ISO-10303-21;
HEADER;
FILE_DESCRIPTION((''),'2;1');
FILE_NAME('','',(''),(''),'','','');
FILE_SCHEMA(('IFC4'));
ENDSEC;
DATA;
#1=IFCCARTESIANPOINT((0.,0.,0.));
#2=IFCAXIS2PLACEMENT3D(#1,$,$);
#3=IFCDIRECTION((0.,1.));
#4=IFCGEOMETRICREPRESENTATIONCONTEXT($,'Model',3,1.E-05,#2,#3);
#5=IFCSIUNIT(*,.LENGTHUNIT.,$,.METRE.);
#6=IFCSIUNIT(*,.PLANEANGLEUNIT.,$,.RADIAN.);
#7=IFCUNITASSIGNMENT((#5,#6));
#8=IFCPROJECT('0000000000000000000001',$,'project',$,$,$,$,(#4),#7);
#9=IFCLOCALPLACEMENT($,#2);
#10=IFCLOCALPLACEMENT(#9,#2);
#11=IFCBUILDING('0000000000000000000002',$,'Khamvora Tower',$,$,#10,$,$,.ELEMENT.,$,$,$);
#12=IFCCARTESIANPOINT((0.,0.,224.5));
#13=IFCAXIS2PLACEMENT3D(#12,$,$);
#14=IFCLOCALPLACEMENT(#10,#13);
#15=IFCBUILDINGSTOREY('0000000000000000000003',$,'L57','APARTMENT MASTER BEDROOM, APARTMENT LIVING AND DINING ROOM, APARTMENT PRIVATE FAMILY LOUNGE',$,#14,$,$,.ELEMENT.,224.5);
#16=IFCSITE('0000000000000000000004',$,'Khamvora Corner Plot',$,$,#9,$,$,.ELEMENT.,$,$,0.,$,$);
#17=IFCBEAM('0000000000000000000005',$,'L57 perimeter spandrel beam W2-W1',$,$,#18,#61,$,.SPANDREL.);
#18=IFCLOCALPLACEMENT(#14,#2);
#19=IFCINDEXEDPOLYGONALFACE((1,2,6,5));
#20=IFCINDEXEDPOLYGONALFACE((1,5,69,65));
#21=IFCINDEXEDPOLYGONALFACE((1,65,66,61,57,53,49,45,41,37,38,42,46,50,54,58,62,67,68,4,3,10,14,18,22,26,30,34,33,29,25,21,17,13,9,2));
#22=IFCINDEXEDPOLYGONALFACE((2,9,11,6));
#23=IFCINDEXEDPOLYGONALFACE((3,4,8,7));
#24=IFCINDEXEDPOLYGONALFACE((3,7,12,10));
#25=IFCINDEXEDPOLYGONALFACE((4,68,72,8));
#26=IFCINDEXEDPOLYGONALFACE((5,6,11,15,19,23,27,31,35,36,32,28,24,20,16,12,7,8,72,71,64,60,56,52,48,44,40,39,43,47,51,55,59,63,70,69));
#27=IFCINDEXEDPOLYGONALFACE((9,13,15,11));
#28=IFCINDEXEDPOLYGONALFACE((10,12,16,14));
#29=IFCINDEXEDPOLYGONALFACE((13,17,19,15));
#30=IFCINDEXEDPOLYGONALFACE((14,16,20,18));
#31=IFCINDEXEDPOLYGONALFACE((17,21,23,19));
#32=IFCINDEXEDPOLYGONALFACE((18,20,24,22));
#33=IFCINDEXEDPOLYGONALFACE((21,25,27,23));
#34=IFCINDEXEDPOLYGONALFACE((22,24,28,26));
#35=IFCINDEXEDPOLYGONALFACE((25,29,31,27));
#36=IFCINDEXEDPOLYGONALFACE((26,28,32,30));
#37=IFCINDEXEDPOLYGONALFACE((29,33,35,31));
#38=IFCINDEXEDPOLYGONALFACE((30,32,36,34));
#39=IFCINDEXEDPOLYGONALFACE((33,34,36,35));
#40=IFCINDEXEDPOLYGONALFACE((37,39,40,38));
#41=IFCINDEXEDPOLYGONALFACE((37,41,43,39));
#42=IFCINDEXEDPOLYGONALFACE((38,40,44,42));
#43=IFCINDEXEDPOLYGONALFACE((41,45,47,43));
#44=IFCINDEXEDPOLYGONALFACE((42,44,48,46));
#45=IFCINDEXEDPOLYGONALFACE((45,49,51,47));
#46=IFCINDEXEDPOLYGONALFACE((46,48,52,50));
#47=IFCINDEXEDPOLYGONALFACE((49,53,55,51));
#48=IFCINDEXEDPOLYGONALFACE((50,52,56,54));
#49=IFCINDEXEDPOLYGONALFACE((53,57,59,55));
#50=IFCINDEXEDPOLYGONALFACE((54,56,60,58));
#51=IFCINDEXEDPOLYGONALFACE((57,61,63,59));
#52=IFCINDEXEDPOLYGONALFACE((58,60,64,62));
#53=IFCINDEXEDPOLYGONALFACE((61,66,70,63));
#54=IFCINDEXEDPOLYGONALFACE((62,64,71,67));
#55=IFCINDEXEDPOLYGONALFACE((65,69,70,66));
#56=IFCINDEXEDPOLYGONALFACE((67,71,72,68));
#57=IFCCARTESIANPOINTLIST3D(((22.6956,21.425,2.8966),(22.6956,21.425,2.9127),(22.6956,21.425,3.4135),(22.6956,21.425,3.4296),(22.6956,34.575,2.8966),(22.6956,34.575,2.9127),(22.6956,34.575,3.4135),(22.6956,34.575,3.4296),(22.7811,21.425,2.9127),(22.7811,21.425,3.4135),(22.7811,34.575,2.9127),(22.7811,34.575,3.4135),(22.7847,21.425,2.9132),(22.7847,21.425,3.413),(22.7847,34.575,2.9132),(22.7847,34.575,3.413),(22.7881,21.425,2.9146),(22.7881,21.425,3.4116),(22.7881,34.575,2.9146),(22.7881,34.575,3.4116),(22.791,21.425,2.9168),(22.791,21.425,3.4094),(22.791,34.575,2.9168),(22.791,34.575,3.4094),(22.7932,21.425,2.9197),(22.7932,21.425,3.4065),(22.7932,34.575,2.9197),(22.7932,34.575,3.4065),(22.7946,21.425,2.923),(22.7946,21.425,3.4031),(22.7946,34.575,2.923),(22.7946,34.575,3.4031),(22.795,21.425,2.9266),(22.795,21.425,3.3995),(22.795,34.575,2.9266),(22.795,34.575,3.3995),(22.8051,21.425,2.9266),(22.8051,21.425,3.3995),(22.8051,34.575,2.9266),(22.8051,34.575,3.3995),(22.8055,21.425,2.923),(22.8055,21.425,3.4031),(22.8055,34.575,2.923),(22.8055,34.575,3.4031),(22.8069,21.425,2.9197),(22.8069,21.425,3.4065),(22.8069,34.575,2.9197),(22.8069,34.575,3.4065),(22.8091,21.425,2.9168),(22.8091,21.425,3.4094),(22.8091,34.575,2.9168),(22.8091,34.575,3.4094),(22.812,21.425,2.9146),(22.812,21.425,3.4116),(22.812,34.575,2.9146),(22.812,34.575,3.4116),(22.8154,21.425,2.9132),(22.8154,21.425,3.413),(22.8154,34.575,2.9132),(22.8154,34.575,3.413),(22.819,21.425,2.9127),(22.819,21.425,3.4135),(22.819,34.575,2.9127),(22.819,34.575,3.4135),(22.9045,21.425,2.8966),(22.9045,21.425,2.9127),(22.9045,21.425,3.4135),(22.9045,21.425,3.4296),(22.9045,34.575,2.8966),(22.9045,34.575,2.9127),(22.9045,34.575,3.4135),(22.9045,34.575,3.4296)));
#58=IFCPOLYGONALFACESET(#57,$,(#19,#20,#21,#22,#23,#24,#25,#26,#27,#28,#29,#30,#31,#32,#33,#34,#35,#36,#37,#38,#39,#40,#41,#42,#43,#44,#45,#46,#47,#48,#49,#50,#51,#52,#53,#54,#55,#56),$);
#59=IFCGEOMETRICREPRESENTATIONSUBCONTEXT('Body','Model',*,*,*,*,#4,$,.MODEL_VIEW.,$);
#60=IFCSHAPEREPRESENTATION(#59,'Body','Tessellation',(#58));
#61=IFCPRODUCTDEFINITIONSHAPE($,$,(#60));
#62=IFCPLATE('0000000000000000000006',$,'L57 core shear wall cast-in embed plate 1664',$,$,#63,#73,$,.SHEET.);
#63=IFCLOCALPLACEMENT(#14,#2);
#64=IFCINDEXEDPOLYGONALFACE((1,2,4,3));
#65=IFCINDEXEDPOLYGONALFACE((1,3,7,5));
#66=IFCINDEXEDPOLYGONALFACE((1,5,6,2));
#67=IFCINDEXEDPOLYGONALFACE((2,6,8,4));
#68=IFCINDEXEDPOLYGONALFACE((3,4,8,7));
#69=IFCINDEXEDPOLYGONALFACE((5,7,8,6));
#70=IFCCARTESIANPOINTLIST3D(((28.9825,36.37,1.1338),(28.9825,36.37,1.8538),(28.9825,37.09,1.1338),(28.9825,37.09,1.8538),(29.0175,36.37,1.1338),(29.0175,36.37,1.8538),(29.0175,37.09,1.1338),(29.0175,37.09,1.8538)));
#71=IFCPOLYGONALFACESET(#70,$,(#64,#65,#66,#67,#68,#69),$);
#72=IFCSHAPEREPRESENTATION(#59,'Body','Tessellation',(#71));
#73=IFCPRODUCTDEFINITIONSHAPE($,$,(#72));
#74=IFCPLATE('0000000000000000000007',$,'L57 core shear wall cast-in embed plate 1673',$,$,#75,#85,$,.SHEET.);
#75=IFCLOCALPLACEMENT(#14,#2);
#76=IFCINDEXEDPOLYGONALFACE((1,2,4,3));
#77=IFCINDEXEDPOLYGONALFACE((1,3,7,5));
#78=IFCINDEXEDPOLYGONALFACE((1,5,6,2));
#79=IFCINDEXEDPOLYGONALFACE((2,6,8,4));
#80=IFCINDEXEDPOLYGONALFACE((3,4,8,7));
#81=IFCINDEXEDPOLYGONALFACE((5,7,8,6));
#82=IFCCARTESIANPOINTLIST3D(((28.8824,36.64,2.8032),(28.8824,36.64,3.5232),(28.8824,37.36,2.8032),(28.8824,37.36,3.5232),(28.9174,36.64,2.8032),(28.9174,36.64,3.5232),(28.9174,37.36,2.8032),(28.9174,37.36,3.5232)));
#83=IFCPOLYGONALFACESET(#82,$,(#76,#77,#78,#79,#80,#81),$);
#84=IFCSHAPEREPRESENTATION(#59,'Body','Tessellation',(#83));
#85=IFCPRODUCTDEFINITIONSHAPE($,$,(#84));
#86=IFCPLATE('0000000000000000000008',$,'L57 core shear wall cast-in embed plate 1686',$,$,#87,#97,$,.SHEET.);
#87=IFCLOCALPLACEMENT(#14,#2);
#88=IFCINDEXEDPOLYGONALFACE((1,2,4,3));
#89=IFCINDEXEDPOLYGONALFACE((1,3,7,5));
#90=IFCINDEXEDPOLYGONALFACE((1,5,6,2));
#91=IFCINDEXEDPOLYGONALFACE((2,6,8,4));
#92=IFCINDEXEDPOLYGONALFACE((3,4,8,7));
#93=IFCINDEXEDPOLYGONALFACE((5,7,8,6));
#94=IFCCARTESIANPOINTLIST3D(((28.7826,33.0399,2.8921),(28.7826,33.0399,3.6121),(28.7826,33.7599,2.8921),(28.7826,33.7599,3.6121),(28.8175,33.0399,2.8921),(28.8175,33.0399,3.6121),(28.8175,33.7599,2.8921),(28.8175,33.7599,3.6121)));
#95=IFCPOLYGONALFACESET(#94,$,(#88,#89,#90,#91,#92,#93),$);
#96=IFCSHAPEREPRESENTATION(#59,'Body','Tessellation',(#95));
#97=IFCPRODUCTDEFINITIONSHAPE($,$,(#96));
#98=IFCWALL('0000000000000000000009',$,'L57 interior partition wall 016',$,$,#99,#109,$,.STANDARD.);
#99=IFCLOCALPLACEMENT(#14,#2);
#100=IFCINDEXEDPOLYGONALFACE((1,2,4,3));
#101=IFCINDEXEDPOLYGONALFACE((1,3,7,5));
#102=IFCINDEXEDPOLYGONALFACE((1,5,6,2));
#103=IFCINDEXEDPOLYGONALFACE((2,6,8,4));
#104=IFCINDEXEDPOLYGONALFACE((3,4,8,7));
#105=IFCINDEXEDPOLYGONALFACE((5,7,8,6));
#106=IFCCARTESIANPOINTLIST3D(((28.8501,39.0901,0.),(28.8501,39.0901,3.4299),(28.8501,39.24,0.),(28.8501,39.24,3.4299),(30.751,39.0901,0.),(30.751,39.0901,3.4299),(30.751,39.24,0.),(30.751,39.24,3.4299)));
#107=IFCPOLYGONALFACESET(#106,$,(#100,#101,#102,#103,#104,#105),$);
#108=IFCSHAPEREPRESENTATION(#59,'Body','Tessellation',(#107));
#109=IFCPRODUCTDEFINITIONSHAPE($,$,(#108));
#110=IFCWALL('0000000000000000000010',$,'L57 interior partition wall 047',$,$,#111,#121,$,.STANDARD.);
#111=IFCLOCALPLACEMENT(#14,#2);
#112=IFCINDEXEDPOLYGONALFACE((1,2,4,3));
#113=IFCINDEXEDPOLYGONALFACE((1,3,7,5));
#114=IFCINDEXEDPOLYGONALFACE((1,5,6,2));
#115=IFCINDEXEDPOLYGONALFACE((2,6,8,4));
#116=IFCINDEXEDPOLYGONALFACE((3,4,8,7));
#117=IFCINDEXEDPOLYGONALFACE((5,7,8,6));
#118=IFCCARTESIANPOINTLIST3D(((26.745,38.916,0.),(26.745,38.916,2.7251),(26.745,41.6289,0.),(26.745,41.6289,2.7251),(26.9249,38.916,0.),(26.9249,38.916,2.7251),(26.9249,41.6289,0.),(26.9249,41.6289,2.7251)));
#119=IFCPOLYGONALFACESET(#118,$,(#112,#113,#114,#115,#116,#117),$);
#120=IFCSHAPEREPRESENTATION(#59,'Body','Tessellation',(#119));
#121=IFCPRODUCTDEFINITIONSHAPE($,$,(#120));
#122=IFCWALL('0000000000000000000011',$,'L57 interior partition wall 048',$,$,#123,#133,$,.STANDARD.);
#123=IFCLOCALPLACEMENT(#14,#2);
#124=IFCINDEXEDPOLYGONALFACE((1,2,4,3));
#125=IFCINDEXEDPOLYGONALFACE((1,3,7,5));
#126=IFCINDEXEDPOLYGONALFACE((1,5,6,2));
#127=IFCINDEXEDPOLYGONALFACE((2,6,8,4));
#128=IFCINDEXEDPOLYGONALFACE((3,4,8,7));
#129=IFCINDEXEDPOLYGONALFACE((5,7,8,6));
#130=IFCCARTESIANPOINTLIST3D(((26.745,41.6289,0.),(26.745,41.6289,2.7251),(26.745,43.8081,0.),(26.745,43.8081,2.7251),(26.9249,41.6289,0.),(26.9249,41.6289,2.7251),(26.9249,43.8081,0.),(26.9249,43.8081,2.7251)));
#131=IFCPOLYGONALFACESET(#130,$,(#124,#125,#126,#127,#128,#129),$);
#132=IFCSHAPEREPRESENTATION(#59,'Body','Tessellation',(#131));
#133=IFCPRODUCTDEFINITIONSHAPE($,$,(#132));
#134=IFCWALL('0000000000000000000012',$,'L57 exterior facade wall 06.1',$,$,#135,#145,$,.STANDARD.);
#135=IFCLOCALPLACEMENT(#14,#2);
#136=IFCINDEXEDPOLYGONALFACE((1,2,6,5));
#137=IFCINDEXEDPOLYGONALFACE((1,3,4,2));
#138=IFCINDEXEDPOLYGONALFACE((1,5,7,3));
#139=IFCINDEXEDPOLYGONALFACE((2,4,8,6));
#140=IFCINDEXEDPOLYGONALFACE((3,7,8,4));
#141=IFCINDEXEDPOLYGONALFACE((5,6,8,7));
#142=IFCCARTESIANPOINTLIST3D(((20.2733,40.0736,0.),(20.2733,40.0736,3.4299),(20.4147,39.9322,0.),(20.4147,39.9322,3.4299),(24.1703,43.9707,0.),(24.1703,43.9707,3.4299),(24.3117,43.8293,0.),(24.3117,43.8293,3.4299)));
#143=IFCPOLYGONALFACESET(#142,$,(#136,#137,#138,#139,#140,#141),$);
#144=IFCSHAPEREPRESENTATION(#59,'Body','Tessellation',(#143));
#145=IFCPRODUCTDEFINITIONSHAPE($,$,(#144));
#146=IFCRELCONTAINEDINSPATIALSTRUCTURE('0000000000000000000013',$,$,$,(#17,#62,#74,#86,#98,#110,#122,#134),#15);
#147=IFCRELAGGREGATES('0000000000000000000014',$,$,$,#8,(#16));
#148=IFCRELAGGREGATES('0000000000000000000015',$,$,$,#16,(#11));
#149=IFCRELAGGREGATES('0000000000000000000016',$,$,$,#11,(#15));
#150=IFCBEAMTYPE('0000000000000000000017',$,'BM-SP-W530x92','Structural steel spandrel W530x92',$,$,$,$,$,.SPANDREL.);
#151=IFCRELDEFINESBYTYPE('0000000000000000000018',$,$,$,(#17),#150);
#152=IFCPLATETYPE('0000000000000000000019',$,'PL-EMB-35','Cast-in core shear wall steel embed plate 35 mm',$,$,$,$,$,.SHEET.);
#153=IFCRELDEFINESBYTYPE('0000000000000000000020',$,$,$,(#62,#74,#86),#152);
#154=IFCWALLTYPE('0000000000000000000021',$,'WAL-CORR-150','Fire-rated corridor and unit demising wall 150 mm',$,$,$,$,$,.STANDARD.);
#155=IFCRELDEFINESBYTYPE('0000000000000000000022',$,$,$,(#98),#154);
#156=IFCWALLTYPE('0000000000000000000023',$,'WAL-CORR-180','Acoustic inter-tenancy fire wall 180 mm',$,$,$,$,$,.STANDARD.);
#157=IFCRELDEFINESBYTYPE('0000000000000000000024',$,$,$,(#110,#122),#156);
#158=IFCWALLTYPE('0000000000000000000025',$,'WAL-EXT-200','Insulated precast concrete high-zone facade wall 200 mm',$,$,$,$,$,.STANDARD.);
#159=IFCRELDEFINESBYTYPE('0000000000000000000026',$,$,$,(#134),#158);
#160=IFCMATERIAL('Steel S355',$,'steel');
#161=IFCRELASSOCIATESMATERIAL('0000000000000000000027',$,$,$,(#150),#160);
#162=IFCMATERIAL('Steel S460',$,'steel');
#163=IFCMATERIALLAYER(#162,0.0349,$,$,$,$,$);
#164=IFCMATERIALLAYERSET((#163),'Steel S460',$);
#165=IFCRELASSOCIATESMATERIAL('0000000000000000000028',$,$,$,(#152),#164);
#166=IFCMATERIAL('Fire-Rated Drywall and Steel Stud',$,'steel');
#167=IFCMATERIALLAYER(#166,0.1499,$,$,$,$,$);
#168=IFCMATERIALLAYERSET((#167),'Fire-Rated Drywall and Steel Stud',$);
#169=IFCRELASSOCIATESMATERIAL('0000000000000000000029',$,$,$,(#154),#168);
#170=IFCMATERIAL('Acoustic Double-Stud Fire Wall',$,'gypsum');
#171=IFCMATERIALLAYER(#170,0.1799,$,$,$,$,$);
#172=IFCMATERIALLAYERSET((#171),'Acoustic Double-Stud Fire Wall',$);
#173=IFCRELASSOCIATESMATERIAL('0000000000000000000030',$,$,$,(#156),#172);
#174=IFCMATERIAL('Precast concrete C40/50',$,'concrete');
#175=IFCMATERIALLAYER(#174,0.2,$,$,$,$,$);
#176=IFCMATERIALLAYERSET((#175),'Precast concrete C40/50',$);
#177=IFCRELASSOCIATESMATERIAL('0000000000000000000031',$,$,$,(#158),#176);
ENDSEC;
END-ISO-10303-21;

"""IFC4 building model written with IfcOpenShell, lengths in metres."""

from ifc_helpers import new_model, si_unit, direction, frame, frame_2d, origin, origin_2d, place, context, subcontext, project, spatial, rectangle, i_section, extrude, material, layer, layer_set, material_profile, profile_set, type_object, element, save


model = new_model("IFC4")

# Units and contexts
model_context = context("Model", 3, precision=1e-05, world=origin(), true_north=direction((0.0, 1.0)))
body_context = subcontext(model_context, "Body", "Model", "MODEL_VIEW")
ifc_project = project(units=[si_unit("LENGTHUNIT", "METRE"), si_unit("PLANEANGLEUNIT", "RADIAN")], contexts=[model_context])

# Site, building, storey
site_placement = place(None, origin())
site = spatial("IfcSite", under=ifc_project, at=site_placement, Name="Khamvora Corner Plot", CompositionType="ELEMENT", RefElevation=0.0)
building_placement = place(site_placement, origin())
building = spatial("IfcBuilding", under=site, at=building_placement, Name="Khamvora Tower", CompositionType="ELEMENT")
storey_placement = place(building_placement, frame((0.0, 0.0, 224.5)))
storey = spatial("IfcBuildingStorey", under=building, at=storey_placement, Name="L57", Description="APARTMENT MASTER BEDROOM, APARTMENT LIVING AND DINING ROOM, APARTMENT PRIVATE FAMILY LOUNGE", CompositionType="ELEMENT", Elevation=224.5)

# Shared definitions
ifc_material_1 = material(Name="Steel S355", Category="steel")

# Beam
ifc_material_profile_1 = material_profile(ifc_material_1, i_section(OverallWidth=0.209, OverallDepth=0.533, WebThickness=0.01, FlangeThickness=0.0161, FilletRadius=0.0139, at=origin_2d()), Name="W530x92")
ifc_profile_set_1 = profile_set([ifc_material_profile_1], Name="Steel S355")
beam_type_1 = type_object("IfcBeamType", Name="BM-SP-W530x92", Description="Structural steel spandrel W530x92", PredefinedType="SPANDREL", material=ifc_profile_set_1)
beam_1_placement = place(storey_placement, frame((22.8, 34.575, 3.1631), z_axis=(0.0, -1.0, 0.0), x_axis=(1.0, 0.0, 0.0)))
element("IfcBeam", 1, at=beam_1_placement, inside=storey, type_object=beam_type_1, Name="L57 perimeter spandrel beam W2-W1", PredefinedType="SPANDREL", context=body_context, shape_type="SweptSolid", body=[
    extrude(i_section(OverallWidth=0.209, OverallDepth=0.533, WebThickness=0.01, FlangeThickness=0.0161, FilletRadius=0.0139, at=origin_2d()), origin(), (0.0, 0.0, 1.0), 13.1499),
])

# Plates
ifc_material_2 = material(Name="Steel S460", Category="steel")
ifc_layer_1 = layer(ifc_material_2, 0.0349)
ifc_layer_set_1 = layer_set([ifc_layer_1], Name="Steel S460")
plate_type = type_object("IfcPlateType", Name="PL-EMB-35", Description="Cast-in core shear wall steel embed plate 35 mm", PredefinedType="SHEET", material=ifc_layer_set_1)
for number, where, z_axis, x_axis, name in (
    (2, (29.0, 36.73, 1.1338), (0.0, 0.0, 1.0), (1.0, 0.0, 0.0), "L57 core shear wall cast-in embed plate 1664"),
    (3, (28.8999, 37.0, 2.8032), (0.0, 0.0, 1.0), (1.0, 0.0, 0.0), "L57 core shear wall cast-in embed plate 1673"),
    (4, (28.8, 33.3999, 2.8921), (0.0, 0.0, 1.0), (1.0, 0.0, 0.0), "L57 core shear wall cast-in embed plate 1686"),
):
    element("IfcPlate", number, at=place(storey_placement, frame(where, z_axis=z_axis, x_axis=x_axis)), inside=storey, type_object=plate_type, Name=name, PredefinedType="SHEET", context=body_context, shape_type="SweptSolid", body=[
        extrude(rectangle(XDim=0.0349, YDim=0.72, at=origin_2d()), origin(), (0.0, 0.0, 1.0), 0.72),
    ])

# Walls
ifc_material_3 = material(Name="Fire-Rated Drywall and Steel Stud", Category="steel")
ifc_layer_2 = layer(ifc_material_3, 0.1499)
ifc_layer_set_2 = layer_set([ifc_layer_2], Name="Fire-Rated Drywall and Steel Stud")
wall_type_1 = type_object("IfcWallType", Name="WAL-CORR-150", Description="Fire-rated corridor and unit demising wall 150 mm", PredefinedType="STANDARD", material=ifc_layer_set_2)
wall_1_placement = place(storey_placement, frame((28.8501, 39.165, 0.0), z_axis=(0.0, 0.0, 1.0), x_axis=(1.0, 0.0, 0.0)))
element("IfcWall", 5, at=wall_1_placement, inside=storey, type_object=wall_type_1, Name="L57 interior partition wall 016", PredefinedType="STANDARD", context=body_context, shape_type="SweptSolid", body=[
    extrude(rectangle(XDim=1.9009, YDim=0.1499, at=frame_2d((0.9504, 0.0))), origin(), (0.0, 0.0, 1.0), 3.4299),
])
ifc_material_4 = material(Name="Acoustic Double-Stud Fire Wall", Category="gypsum")
ifc_layer_3 = layer(ifc_material_4, 0.1799)
ifc_layer_set_3 = layer_set([ifc_layer_3], Name="Acoustic Double-Stud Fire Wall")
wall_type_2 = type_object("IfcWallType", Name="WAL-CORR-180", Description="Acoustic inter-tenancy fire wall 180 mm", PredefinedType="STANDARD", material=ifc_layer_set_3)
wall_2_placement = place(storey_placement, frame((26.835, 41.6289, 0.0), z_axis=(0.0, 0.0, 1.0), x_axis=(0.0, -1.0, 0.0)))
element("IfcWall", 6, at=wall_2_placement, inside=storey, type_object=wall_type_2, Name="L57 interior partition wall 047", PredefinedType="STANDARD", context=body_context, shape_type="SweptSolid", body=[
    extrude(rectangle(XDim=2.7129, YDim=0.1799, at=frame_2d((1.3564, 0.0))), origin(), (0.0, 0.0, 1.0), 2.7251),
])
wall_3_placement = place(storey_placement, frame((26.835, 43.8081, 0.0), z_axis=(0.0, 0.0, 1.0), x_axis=(0.0, -1.0, 0.0)))
element("IfcWall", 7, at=wall_3_placement, inside=storey, type_object=wall_type_2, Name="L57 interior partition wall 048", PredefinedType="STANDARD", context=body_context, shape_type="SweptSolid", body=[
    extrude(rectangle(XDim=2.1792, YDim=0.1799, at=frame_2d((1.0896, 0.0))), origin(), (0.0, 0.0, 1.0), 2.7251),
])
ifc_material_5 = material(Name="Precast concrete C40/50", Category="concrete")
ifc_layer_4 = layer(ifc_material_5, 0.2)
ifc_layer_set_4 = layer_set([ifc_layer_4], Name="Precast concrete C40/50")
wall_type_3 = type_object("IfcWallType", Name="WAL-EXT-200", Description="Insulated precast concrete high-zone facade wall 200 mm", PredefinedType="STANDARD", material=ifc_layer_set_4)
wall_4_placement = place(storey_placement, frame((20.344, 40.0029, 0.0), z_axis=(0.0, 0.0, 1.0), x_axis=(0.707107, 0.707107, 0.0)))
element("IfcWall", 8, at=wall_4_placement, inside=storey, type_object=wall_type_3, Name="L57 exterior facade wall 06.1", PredefinedType="STANDARD", context=body_context, shape_type="SweptSolid", body=[
    extrude(rectangle(XDim=5.5112, YDim=0.2, at=frame_2d((2.7556, 0.0))), origin(), (0.0, 0.0, 1.0), 3.4299),
])

save(model, "model.ifc")
